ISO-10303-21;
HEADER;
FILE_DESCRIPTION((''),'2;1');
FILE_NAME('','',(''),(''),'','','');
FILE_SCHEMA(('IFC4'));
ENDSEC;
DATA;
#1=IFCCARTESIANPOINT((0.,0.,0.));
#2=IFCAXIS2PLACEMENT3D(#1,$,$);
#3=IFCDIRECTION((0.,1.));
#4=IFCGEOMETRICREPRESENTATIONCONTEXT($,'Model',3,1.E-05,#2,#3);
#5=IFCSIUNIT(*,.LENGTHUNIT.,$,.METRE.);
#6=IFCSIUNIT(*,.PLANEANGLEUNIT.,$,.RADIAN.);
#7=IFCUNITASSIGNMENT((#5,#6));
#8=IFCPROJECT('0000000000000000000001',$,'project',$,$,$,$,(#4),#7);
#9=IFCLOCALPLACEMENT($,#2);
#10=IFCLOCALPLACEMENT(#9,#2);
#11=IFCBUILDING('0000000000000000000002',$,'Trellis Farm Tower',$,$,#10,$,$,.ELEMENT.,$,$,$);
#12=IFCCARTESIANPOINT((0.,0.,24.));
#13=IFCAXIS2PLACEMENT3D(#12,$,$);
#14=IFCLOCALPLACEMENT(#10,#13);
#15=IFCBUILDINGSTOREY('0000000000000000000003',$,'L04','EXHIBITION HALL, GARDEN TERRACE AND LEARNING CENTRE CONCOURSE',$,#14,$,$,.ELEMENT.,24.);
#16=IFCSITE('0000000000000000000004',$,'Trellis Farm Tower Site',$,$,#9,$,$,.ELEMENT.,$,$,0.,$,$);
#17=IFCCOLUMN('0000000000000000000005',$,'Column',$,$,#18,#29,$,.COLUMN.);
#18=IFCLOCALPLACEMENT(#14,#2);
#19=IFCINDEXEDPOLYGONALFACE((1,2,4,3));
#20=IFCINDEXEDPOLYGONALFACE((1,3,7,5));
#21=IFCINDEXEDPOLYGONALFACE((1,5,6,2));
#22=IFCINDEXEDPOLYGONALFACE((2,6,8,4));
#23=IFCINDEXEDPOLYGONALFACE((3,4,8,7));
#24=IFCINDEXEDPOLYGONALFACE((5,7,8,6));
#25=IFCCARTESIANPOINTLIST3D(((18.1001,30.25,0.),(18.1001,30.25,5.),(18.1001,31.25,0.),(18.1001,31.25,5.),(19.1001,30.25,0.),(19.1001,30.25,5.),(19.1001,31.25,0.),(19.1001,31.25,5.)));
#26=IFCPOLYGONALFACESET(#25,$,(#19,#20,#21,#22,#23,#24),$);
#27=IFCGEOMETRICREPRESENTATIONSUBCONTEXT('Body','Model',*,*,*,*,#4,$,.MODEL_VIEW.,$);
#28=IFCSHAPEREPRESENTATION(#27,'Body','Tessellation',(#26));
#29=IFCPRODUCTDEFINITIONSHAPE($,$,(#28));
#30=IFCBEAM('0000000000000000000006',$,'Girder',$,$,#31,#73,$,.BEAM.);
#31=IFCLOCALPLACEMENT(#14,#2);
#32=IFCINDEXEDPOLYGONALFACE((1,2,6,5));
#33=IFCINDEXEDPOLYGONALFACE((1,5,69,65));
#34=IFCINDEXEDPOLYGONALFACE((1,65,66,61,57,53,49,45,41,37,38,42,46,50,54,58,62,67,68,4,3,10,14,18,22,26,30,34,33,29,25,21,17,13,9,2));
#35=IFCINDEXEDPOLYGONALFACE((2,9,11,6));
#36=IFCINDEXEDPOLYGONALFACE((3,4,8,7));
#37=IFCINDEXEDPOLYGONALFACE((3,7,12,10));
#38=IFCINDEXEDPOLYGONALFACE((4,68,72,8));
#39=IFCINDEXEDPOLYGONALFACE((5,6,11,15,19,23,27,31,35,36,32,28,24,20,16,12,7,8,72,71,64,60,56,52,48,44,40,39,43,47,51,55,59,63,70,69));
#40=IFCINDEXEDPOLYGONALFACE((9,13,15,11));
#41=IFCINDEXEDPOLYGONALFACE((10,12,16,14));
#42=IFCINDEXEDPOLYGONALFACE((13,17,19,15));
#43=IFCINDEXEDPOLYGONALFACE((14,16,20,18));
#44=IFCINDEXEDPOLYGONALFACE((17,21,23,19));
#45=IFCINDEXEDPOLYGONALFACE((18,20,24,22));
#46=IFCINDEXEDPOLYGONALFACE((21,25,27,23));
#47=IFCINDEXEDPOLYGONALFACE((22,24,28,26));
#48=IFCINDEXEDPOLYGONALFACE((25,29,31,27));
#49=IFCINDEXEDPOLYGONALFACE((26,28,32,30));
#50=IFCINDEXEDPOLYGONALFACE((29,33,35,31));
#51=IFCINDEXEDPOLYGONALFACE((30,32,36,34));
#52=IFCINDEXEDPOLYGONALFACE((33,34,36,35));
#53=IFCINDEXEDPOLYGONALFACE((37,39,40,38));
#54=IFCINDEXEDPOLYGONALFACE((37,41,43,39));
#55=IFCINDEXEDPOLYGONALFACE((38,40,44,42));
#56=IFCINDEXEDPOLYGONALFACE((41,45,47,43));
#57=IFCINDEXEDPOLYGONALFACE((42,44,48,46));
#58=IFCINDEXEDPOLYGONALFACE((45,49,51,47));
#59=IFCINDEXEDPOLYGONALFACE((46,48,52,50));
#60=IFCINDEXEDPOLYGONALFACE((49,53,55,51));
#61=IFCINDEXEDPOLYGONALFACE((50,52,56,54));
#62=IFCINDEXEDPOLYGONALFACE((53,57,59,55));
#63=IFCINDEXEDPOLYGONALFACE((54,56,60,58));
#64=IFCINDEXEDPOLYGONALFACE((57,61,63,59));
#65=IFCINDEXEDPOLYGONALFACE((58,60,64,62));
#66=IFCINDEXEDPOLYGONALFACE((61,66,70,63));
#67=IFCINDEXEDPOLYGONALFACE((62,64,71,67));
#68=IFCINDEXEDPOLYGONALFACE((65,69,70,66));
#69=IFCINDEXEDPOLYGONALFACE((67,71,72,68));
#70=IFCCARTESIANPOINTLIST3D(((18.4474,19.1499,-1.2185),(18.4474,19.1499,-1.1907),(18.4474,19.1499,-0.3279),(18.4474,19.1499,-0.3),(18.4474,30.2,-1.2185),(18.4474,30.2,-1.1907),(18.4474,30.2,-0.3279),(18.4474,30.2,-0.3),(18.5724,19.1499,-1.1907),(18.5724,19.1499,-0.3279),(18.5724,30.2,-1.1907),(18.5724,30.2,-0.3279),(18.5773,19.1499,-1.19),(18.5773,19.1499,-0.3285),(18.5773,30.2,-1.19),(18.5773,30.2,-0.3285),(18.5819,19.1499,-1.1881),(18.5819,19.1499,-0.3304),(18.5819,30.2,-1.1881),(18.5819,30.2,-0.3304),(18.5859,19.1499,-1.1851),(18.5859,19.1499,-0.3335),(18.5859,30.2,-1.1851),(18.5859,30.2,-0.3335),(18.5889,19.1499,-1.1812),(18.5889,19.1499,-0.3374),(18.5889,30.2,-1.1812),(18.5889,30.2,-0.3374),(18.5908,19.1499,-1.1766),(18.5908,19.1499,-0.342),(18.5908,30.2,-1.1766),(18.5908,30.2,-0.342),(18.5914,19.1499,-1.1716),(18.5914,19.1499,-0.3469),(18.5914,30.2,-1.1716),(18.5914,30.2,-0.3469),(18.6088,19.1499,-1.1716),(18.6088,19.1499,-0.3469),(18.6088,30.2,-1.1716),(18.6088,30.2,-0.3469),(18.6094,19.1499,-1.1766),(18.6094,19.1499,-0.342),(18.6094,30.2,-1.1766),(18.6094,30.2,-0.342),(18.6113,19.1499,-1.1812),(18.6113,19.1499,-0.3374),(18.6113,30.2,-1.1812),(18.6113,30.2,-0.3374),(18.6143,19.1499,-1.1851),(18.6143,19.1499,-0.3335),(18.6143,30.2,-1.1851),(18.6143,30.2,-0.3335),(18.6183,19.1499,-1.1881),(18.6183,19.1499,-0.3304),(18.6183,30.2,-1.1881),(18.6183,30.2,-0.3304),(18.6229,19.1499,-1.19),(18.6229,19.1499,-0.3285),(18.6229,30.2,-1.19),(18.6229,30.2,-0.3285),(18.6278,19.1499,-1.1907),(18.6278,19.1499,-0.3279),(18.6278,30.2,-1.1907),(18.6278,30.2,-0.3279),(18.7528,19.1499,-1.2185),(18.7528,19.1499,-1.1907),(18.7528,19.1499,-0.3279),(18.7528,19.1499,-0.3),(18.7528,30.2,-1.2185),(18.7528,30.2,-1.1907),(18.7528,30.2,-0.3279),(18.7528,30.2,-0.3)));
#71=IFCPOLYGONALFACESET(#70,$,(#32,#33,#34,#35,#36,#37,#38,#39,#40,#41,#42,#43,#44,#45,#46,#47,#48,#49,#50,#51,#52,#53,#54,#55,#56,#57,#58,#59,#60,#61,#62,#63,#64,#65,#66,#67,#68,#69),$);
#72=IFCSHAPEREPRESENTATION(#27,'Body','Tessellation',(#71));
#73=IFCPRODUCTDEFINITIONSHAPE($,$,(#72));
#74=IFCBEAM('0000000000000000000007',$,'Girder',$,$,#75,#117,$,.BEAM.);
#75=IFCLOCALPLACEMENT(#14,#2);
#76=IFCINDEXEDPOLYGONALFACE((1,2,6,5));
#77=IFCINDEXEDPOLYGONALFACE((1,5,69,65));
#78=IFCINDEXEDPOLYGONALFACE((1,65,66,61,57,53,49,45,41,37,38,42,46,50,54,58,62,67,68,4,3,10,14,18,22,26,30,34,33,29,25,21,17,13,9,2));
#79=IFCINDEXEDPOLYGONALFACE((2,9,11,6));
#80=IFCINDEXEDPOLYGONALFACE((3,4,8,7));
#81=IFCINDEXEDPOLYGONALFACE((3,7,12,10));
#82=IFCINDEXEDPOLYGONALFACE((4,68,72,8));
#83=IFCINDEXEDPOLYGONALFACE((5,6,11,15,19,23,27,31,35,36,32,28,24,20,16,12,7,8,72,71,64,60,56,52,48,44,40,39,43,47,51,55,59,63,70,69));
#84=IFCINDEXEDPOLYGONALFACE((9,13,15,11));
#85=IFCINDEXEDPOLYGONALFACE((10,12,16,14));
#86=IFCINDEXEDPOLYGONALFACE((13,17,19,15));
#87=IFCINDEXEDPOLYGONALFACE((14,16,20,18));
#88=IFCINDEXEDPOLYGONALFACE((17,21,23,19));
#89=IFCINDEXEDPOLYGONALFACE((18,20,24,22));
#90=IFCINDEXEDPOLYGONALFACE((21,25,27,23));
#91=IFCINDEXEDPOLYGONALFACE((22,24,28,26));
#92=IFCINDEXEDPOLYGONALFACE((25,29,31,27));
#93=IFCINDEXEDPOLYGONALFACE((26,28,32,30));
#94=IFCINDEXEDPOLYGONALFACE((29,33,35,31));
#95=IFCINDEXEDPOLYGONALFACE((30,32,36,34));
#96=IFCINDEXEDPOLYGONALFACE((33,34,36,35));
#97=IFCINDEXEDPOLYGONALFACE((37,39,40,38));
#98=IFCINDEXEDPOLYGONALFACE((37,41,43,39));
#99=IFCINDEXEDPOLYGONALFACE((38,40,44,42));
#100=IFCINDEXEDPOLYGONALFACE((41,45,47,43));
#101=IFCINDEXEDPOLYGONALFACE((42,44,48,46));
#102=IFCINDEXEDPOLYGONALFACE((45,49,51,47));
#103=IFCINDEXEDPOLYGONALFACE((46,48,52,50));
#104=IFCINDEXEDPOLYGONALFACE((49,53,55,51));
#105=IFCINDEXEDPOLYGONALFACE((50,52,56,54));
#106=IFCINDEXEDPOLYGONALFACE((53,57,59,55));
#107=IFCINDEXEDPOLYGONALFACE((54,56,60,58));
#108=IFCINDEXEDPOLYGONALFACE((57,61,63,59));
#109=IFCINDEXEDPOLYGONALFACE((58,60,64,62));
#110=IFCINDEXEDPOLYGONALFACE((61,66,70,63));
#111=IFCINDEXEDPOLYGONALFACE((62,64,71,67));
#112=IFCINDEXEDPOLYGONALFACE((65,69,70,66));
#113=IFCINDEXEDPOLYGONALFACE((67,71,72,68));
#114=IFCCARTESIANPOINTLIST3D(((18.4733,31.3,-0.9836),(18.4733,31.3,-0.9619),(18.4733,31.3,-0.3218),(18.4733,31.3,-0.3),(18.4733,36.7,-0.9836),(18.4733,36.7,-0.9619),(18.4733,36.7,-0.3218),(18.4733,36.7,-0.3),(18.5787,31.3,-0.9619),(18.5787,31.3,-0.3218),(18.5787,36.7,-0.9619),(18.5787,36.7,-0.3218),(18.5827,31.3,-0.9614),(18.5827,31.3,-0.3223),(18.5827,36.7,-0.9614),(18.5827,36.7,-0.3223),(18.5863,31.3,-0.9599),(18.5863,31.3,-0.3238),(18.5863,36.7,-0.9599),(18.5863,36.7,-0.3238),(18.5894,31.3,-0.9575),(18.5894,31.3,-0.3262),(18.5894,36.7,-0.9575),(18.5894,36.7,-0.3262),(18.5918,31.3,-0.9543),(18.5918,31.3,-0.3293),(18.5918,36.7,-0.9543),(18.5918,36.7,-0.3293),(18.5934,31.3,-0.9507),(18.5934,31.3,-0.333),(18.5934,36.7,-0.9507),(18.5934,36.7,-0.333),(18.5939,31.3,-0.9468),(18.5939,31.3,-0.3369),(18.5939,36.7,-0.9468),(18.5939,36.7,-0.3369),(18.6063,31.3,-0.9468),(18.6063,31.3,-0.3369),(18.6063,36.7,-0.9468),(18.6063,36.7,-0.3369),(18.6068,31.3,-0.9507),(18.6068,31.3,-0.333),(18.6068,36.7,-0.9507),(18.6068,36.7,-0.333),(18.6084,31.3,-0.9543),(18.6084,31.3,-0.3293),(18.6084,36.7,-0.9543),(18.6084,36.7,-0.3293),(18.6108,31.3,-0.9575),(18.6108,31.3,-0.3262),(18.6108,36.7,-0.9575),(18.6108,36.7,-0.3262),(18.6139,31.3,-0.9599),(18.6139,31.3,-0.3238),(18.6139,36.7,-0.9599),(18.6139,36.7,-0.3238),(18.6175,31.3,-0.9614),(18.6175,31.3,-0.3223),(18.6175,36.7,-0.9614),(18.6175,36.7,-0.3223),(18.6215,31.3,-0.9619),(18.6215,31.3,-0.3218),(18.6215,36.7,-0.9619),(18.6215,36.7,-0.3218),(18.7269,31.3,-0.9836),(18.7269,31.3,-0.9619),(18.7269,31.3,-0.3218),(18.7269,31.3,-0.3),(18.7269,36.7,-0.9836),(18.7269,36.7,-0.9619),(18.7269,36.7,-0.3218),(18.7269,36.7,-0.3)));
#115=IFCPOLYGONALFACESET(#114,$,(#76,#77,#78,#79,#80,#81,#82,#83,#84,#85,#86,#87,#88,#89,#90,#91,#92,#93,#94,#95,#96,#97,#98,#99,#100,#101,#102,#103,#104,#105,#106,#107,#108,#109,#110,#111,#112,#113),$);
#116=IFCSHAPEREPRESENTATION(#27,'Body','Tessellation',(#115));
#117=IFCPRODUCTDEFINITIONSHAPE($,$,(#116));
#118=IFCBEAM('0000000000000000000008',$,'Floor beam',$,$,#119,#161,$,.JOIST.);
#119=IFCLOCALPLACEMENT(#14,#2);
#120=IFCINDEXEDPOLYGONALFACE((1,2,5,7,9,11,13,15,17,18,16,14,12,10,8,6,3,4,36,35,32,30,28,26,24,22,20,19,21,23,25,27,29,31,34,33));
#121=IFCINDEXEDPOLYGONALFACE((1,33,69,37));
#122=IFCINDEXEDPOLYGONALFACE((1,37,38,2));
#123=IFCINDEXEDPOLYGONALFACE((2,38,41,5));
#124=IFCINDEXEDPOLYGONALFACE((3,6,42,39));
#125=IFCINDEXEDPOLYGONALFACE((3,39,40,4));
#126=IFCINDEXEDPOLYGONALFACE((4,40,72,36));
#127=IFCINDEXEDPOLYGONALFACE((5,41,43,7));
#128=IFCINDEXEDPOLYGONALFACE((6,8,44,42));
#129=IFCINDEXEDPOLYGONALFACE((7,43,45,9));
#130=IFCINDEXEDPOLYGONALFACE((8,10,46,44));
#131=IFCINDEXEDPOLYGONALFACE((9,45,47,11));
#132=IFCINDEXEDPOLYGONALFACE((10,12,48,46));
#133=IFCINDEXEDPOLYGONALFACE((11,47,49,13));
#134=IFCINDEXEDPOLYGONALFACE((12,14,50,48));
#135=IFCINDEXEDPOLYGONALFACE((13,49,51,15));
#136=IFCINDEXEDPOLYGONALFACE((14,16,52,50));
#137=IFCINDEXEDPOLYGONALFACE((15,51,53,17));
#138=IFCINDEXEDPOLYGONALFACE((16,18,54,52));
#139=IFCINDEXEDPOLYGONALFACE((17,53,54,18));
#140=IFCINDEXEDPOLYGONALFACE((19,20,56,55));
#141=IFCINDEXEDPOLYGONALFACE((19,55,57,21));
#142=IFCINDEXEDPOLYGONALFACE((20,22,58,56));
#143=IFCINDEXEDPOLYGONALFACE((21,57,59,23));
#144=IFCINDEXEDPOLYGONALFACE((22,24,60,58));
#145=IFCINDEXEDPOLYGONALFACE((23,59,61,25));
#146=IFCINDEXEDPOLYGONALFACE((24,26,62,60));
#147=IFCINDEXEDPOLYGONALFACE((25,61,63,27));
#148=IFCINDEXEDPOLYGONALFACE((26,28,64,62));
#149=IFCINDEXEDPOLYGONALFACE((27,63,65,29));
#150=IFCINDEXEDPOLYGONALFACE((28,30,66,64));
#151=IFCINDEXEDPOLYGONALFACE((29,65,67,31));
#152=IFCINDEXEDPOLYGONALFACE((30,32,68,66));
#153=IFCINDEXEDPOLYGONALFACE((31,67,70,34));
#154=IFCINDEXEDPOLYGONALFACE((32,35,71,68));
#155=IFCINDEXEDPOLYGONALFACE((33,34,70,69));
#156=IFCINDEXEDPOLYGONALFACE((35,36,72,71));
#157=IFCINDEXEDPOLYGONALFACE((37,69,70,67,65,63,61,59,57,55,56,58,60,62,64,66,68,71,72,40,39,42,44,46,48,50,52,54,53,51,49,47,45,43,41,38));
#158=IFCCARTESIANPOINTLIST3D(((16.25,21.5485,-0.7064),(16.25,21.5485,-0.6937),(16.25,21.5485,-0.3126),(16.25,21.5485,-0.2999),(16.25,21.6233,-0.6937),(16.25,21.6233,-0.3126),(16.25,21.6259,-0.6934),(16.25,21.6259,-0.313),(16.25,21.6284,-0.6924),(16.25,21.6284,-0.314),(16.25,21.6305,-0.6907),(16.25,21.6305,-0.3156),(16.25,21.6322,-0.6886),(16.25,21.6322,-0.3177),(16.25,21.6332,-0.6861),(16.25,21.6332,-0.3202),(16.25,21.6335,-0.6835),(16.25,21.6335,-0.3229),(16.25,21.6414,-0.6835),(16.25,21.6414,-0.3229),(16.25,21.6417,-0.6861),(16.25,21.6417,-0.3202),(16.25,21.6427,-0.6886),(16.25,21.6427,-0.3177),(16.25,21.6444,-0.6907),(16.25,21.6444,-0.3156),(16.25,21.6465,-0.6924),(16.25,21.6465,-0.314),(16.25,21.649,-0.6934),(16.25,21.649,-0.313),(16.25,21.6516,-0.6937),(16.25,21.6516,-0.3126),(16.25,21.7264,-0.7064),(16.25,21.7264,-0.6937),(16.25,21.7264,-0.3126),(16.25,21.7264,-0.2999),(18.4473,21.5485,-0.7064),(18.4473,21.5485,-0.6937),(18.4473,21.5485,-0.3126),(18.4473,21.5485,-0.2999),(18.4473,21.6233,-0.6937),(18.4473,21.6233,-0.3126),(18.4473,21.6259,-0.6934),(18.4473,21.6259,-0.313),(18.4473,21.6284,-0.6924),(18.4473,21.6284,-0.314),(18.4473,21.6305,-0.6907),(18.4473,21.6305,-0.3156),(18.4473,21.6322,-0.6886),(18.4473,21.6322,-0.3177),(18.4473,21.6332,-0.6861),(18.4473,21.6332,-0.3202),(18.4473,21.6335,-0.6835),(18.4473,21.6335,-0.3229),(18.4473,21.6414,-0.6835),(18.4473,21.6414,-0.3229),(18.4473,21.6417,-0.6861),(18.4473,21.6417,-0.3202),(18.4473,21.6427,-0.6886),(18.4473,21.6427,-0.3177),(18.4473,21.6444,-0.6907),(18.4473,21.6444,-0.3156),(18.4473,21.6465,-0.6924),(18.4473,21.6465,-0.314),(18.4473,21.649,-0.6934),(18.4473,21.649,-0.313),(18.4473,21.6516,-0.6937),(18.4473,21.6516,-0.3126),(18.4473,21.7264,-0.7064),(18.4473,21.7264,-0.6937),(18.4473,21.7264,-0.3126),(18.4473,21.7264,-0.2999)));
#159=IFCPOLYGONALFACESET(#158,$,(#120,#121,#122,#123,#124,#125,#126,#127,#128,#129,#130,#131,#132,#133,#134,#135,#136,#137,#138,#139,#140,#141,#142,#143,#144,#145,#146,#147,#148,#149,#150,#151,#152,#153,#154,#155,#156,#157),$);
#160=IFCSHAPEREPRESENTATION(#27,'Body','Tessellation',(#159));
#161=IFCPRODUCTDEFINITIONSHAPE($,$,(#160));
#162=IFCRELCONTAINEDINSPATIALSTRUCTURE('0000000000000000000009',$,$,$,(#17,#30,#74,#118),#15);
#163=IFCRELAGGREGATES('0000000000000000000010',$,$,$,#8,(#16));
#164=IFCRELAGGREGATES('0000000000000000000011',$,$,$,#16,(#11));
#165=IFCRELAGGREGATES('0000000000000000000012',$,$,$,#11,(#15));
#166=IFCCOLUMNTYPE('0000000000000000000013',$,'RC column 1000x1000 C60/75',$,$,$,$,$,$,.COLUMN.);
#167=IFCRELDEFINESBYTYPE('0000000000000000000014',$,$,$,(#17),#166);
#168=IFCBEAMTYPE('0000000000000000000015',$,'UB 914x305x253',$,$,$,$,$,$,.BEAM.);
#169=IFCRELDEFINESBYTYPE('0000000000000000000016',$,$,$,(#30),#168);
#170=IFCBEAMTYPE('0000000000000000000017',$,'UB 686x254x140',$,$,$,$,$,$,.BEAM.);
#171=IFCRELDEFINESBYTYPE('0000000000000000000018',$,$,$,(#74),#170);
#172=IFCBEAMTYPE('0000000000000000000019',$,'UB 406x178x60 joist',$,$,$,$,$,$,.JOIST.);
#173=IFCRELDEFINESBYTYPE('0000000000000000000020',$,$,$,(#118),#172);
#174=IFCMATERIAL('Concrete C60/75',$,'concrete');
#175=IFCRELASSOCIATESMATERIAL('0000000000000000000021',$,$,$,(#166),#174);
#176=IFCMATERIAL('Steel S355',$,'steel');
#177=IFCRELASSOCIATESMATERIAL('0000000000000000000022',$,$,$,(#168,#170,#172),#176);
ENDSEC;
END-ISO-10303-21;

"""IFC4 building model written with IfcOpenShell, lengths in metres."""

from ifc_helpers import new_model, si_unit, direction, frame, origin, origin_2d, place, context, subcontext, project, spatial, rectangle, i_section, extrude, source, transform, mapped, material, material_profile, profile_set, type_object, element, save


model = new_model("IFC4")

# Units and contexts
model_context = context("Model", 3, precision=1e-05, world=origin(), true_north=direction((0.0, 1.0)))
body_context = subcontext(model_context, "Body", "Model", "MODEL_VIEW")
ifc_project = project(units=[si_unit("LENGTHUNIT", "METRE"), si_unit("PLANEANGLEUNIT", "RADIAN")], contexts=[model_context])

# Site, building, storey
site_placement = place(None, origin())
site = spatial("IfcSite", under=ifc_project, at=site_placement, Name="Trellis Farm Tower Site", CompositionType="ELEMENT", RefElevation=0.0)
building_placement = place(site_placement, origin())
building = spatial("IfcBuilding", under=site, at=building_placement, Name="Trellis Farm Tower", CompositionType="ELEMENT")
storey_placement = place(building_placement, frame((0.0, 0.0, 24.0)))
storey = spatial("IfcBuildingStorey", under=building, at=storey_placement, Name="L04", Description="EXHIBITION HALL, GARDEN TERRACE AND LEARNING CENTRE CONCOURSE", CompositionType="ELEMENT", Elevation=24.0)

# Column
ifc_material_1 = material(Name="Concrete C60/75", Category="concrete")
ifc_material_profile_1 = material_profile(ifc_material_1, rectangle(XDim=1.0, YDim=1.0, at=origin_2d()), Name="RC column 1000x1000 C60/75")
ifc_profile_set_1 = profile_set([ifc_material_profile_1], Name="Concrete C60/75")
column_type = type_object("IfcColumnType", Name="RC column 1000x1000 C60/75", PredefinedType="COLUMN", material=ifc_profile_set_1)
shared_shape_1 = source(origin(), body_context, "Body", "SweptSolid", [
    extrude(rectangle(XDim=1.0, YDim=1.0, at=origin_2d()), origin(), (0.0, 0.0, 1.0), 5.0),
])
column_placement = place(storey_placement, frame((18.6001, 30.75, 0.0), z_axis=(0.0, 0.0, 1.0), x_axis=(1.0, 0.0, 0.0)))
element("IfcColumn", 1, at=column_placement, inside=storey, type_object=column_type, Name="Column", PredefinedType="COLUMN", context=body_context, shape_type="MappedRepresentation", body=[
    mapped(shared_shape_1, transform((0.0, 0.0, 0.0))),
])

# Beams
ifc_material_2 = material(Name="Steel S355", Category="steel")
ifc_material_profile_2 = material_profile(ifc_material_2, i_section(OverallWidth=0.3054, OverallDepth=0.9185, WebThickness=0.0173, FlangeThickness=0.0278, FilletRadius=0.019, at=origin_2d()), Name="UB 914x305x253")
ifc_profile_set_2 = profile_set([ifc_material_profile_2], Name="Steel S355")
beam_type_1 = type_object("IfcBeamType", Name="UB 914x305x253", PredefinedType="BEAM", material=ifc_profile_set_2)
shared_shape_2 = source(origin(), body_context, "Body", "SweptSolid", [
    extrude(i_section(OverallWidth=0.3054, OverallDepth=0.9185, WebThickness=0.0173, FlangeThickness=0.0278, FilletRadius=0.019, at=origin_2d()), origin(), (0.0, 0.0, 1.0), 11.05),
])
beam_1_placement = place(storey_placement, frame((18.6001, 19.1499, -0.7593), z_axis=(0.0, 1.0, 0.0), x_axis=(-1.0, 0.0, 0.0)))
element("IfcBeam", 2, at=beam_1_placement, inside=storey, type_object=beam_type_1, Name="Girder", PredefinedType="BEAM", context=body_context, shape_type="MappedRepresentation", body=[
    mapped(shared_shape_2, transform((0.0, 0.0, 0.0))),
])
ifc_material_profile_3 = material_profile(ifc_material_2, i_section(OverallWidth=0.2537, OverallDepth=0.6836, WebThickness=0.0125, FlangeThickness=0.0217, FilletRadius=0.0151, at=origin_2d()), Name="UB 686x254x140")
ifc_profile_set_3 = profile_set([ifc_material_profile_3], Name="Steel S355")
beam_type_2 = type_object("IfcBeamType", Name="UB 686x254x140", PredefinedType="BEAM", material=ifc_profile_set_3)
shared_shape_3 = source(origin(), body_context, "Body", "SweptSolid", [
    extrude(i_section(OverallWidth=0.2537, OverallDepth=0.6836, WebThickness=0.0125, FlangeThickness=0.0217, FilletRadius=0.0151, at=origin_2d()), origin(), (0.0, 0.0, 1.0), 5.3999),
])
beam_2_placement = place(storey_placement, frame((18.6001, 31.3, -0.6418), z_axis=(0.0, 1.0, 0.0), x_axis=(-1.0, 0.0, 0.0)))
element("IfcBeam", 3, at=beam_2_placement, inside=storey, type_object=beam_type_2, Name="Girder", PredefinedType="BEAM", context=body_context, shape_type="MappedRepresentation", body=[
    mapped(shared_shape_3, transform((0.0, 0.0, 0.0))),
])
ifc_material_profile_4 = material_profile(ifc_material_2, i_section(OverallWidth=0.178, OverallDepth=0.4065, WebThickness=0.0078, FlangeThickness=0.0127, FilletRadius=0.0103, at=origin_2d()), Name="UB 406x178x60")
ifc_profile_set_4 = profile_set([ifc_material_profile_4], Name="Steel S355")
beam_type_3 = type_object("IfcBeamType", Name="UB 406x178x60 joist", PredefinedType="JOIST", material=ifc_profile_set_4)
shared_shape_4 = source(origin(), body_context, "Body", "SweptSolid", [
    extrude(i_section(OverallWidth=0.178, OverallDepth=0.4065, WebThickness=0.0078, FlangeThickness=0.0127, FilletRadius=0.0103, at=origin_2d()), origin(), (0.0, 0.0, 1.0), 2.1973),
])
for number, where, z_axis, x_axis, name in (
    (4, (16.25, 21.6375, -0.5032), (1.0, 0.0, 0.0), (0.0, 1.0, 0.0), "Floor beam"),
):
    element("IfcBeam", number, at=place(storey_placement, frame(where, z_axis=z_axis, x_axis=x_axis)), inside=storey, type_object=beam_type_3, Name=name, PredefinedType="JOIST", context=body_context, shape_type="MappedRepresentation", body=[
        mapped(shared_shape_4, transform((0.0, 0.0, 0.0))),
    ])

save(model, "model.ifc")
